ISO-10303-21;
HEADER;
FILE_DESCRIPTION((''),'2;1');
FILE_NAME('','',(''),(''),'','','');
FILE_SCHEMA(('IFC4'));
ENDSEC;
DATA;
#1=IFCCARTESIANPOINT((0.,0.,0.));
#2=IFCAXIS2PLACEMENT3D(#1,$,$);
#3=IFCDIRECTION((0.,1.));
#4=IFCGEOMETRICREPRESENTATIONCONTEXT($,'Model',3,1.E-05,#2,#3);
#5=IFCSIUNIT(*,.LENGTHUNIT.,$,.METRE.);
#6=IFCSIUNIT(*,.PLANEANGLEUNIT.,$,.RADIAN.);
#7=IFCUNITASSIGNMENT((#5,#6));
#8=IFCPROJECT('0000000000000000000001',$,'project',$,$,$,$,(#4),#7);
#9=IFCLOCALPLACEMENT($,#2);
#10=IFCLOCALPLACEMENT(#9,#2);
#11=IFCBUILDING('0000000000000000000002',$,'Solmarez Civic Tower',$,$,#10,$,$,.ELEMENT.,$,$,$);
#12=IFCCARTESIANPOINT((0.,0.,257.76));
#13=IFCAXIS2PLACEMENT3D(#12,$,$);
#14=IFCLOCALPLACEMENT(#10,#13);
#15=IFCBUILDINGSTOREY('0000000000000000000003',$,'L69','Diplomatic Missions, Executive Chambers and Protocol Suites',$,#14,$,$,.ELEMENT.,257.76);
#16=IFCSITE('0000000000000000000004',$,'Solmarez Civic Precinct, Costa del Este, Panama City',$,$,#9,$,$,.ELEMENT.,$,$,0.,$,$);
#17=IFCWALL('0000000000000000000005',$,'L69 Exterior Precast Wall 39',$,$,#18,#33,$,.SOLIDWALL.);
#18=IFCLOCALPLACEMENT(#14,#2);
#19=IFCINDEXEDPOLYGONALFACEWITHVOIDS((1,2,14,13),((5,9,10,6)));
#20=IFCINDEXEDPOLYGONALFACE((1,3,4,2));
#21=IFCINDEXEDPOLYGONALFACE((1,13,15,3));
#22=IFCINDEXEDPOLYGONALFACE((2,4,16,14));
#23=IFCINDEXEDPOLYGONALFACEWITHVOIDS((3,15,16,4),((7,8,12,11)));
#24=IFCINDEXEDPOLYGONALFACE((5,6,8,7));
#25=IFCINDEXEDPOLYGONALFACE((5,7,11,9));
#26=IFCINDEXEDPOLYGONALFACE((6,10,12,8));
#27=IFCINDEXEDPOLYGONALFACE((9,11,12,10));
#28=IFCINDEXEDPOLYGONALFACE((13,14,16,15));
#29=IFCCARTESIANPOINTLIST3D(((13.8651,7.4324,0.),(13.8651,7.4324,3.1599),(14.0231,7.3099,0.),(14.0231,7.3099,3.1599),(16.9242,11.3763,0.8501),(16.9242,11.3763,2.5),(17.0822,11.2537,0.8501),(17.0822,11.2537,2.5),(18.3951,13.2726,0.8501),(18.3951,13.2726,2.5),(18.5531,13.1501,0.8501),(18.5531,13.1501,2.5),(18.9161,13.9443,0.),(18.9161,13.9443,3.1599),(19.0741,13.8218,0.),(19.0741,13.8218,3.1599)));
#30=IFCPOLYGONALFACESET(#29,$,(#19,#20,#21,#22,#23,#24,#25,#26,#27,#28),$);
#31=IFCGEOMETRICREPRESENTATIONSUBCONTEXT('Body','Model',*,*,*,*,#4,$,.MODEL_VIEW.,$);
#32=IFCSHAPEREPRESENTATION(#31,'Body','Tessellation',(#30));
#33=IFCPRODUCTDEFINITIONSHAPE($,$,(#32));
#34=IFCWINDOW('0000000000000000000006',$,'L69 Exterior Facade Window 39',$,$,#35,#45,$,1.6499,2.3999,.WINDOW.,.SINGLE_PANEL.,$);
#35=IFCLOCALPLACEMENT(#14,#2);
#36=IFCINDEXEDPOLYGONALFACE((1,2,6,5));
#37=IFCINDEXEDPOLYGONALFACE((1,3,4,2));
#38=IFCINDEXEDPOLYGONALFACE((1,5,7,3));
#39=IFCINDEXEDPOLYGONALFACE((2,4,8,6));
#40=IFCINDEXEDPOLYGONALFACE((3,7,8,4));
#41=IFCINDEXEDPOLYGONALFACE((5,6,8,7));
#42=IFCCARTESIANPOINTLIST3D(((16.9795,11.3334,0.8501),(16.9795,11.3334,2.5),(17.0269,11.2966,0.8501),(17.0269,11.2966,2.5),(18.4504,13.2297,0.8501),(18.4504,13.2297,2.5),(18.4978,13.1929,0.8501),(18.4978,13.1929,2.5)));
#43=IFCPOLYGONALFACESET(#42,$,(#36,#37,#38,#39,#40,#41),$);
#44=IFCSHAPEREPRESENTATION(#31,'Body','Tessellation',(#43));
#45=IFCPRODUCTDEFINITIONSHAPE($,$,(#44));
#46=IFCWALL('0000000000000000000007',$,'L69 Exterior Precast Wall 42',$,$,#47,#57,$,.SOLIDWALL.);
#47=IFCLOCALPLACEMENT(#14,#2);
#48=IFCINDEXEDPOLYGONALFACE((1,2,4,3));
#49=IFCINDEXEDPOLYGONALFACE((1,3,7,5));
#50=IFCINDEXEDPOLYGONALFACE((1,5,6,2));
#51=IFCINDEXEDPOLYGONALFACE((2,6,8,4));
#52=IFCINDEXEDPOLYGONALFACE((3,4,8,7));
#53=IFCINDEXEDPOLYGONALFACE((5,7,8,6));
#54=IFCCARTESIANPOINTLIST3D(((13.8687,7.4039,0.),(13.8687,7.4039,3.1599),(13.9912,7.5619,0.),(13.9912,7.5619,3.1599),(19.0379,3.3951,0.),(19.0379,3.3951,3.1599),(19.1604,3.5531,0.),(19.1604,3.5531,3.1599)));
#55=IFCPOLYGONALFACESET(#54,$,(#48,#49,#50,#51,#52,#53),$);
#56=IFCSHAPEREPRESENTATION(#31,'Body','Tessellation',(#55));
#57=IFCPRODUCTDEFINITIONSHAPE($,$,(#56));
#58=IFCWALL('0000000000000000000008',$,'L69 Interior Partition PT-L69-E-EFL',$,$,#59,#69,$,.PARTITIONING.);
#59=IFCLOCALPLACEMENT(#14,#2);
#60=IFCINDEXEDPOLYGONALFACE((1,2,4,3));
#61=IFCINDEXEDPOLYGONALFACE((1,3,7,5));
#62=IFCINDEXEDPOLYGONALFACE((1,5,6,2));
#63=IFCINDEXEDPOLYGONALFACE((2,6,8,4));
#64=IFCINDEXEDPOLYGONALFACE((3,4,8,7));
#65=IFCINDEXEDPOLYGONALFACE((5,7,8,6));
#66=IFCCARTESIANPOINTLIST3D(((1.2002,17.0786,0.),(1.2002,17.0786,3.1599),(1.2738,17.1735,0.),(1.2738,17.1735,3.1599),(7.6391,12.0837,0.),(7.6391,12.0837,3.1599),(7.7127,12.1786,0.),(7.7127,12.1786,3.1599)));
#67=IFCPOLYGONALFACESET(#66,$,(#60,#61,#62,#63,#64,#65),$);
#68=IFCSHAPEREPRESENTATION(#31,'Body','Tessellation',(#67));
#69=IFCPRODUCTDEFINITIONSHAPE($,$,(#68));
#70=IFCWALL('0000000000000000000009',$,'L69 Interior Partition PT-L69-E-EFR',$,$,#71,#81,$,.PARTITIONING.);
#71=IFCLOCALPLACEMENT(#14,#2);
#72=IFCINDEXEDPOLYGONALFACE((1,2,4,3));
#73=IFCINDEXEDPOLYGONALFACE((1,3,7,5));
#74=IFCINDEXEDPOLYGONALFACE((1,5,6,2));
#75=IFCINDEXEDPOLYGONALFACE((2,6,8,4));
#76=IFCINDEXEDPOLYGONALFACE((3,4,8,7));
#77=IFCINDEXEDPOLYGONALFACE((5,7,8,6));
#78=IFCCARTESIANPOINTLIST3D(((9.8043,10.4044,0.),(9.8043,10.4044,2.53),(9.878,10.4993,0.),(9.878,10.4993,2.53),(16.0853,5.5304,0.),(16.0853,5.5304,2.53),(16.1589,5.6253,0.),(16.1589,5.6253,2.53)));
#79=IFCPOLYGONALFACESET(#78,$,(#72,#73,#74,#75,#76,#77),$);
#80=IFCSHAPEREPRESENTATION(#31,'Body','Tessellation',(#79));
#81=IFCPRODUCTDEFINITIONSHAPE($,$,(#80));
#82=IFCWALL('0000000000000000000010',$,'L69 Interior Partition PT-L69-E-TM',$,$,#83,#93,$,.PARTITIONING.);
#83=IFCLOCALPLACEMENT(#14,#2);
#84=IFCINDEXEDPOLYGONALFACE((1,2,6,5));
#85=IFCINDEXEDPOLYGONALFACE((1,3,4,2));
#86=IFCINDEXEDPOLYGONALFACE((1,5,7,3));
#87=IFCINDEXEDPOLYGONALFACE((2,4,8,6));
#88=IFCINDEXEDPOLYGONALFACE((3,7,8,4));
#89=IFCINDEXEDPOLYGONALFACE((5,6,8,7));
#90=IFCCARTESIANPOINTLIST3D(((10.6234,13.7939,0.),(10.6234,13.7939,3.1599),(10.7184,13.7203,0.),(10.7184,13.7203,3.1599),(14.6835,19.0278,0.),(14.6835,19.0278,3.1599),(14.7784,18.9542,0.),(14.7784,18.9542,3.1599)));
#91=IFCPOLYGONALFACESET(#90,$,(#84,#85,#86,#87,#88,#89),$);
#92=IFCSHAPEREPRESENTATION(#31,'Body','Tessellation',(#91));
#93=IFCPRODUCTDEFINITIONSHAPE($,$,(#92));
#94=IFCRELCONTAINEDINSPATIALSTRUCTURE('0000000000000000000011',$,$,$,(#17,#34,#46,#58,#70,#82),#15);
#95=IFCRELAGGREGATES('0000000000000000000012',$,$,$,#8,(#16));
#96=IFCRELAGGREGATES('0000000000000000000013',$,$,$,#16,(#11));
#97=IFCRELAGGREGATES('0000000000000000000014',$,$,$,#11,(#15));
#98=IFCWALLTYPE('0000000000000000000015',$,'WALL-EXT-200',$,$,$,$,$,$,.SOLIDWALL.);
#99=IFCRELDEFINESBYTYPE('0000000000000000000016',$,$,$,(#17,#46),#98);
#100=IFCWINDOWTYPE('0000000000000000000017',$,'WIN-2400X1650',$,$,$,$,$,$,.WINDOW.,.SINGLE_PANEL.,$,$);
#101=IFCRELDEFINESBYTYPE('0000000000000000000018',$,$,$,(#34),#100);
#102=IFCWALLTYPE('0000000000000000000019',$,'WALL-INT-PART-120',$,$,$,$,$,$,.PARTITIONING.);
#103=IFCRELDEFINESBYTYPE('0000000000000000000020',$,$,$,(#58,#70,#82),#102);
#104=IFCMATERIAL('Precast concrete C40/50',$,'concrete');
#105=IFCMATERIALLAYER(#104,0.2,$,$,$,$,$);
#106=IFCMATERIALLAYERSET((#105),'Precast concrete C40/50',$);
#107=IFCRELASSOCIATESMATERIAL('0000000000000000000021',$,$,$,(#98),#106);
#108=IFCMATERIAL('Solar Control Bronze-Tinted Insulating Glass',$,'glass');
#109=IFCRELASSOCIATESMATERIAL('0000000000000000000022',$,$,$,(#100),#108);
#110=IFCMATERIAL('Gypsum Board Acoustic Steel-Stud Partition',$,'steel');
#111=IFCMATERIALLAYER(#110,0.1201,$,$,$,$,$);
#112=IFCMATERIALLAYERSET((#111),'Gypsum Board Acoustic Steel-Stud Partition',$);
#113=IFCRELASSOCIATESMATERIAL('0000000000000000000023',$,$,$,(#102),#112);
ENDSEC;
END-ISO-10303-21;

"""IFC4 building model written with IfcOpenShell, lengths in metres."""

from ifc_helpers import new_model, si_unit, direction, frame, frame_2d, origin, place, context, subcontext, project, spatial, rectangle, extrude, material, layer, layer_set, type_object, element, fill, save


model = new_model("IFC4")

# Units and contexts
model_context = context("Model", 3, precision=1e-05, world=origin(), true_north=direction((0.0, 1.0)))
body_context = subcontext(model_context, "Body", "Model", "MODEL_VIEW")
ifc_project = project(units=[si_unit("LENGTHUNIT", "METRE"), si_unit("PLANEANGLEUNIT", "RADIAN")], contexts=[model_context])

# Site, building, storey
site_placement = place(None, origin())
site = spatial("IfcSite", under=ifc_project, at=site_placement, Name="Solmarez Civic Precinct, Costa del Este, Panama City", CompositionType="ELEMENT", RefElevation=0.0)
building_placement = place(site_placement, origin())
building = spatial("IfcBuilding", under=site, at=building_placement, Name="Solmarez Civic Tower", CompositionType="ELEMENT")
storey_placement = place(building_placement, frame((0.0, 0.0, 257.76)))
storey = spatial("IfcBuildingStorey", under=building, at=storey_placement, Name="L69", Description="Diplomatic Missions, Executive Chambers and Protocol Suites", CompositionType="ELEMENT", Elevation=257.76)

# Wall, opening, window
ifc_material_1 = material(Name="Precast concrete C40/50", Category="concrete")
ifc_layer_1 = layer(ifc_material_1, 0.2)
ifc_layer_set_1 = layer_set([ifc_layer_1], Name="Precast concrete C40/50")
wall_type_1 = type_object("IfcWallType", Name="WALL-EXT-200", PredefinedType="SOLIDWALL", material=ifc_layer_set_1)
wall_1_placement = place(storey_placement, frame((18.9951, 13.8831, 0.0), z_axis=(0.0, 0.0, 1.0), x_axis=(-0.612894, -0.790165, 0.0)))
wall_1 = element("IfcWall", 1, at=wall_1_placement, inside=storey, type_object=wall_type_1, Name="L69 Exterior Precast Wall 39", PredefinedType="SOLIDWALL", context=body_context, shape_type="SweptSolid", body=[
    extrude(rectangle(XDim=8.2412, YDim=0.2, at=frame_2d((4.1206, 0.0))), origin(), (0.0, 0.0, 1.0), 3.1599),
])
opening_1_placement = place(wall_1_placement, frame((0.8501, 0.0, 0.8501)))
opening_1 = element("IfcOpeningElement", 2, at=opening_1_placement, cuts=wall_1, PredefinedType="OPENING", context=body_context, shape_type="SweptSolid", body=[
    extrude(rectangle(XDim=2.3999, YDim=1.6499, at=frame_2d((1.2, 0.825))), frame((0.0, 0.1099, 0.0), z_axis=(0.0, -1.0, 0.0), x_axis=(1.0, 0.0, 0.0)), (0.0, 0.0, 1.0), 0.22),
])
ifc_material_2 = material(Name="Solar Control Bronze-Tinted Insulating Glass", Category="glass")
window_type = type_object("IfcWindowType", Name="WIN-2400X1650", PartitioningType="SINGLE_PANEL", PredefinedType="WINDOW", material=ifc_material_2)
window_placement = place(opening_1_placement, origin())
window = element("IfcWindow", 3, at=window_placement, inside=storey, type_object=window_type, Name="L69 Exterior Facade Window 39", OverallHeight=1.6499, OverallWidth=2.3999, PartitioningType="SINGLE_PANEL", PredefinedType="WINDOW", context=body_context, shape_type="SweptSolid", body=[
    extrude(rectangle(XDim=2.3999, YDim=1.6499, at=frame_2d((1.2, 0.825))), frame((0.0, 0.03, 0.0), z_axis=(0.0, -1.0, 0.0), x_axis=(1.0, 0.0, 0.0)), (0.0, 0.0, 1.0), 0.0601),
])
fill(opening_1, window)

# Walls
wall_2_placement = place(storey_placement, frame((13.9299, 7.4829, 0.0), z_axis=(0.0, 0.0, 1.0), x_axis=(0.790218, -0.612826, 0.0)))
element("IfcWall", 4, at=wall_2_placement, inside=storey, type_object=wall_type_1, Name="L69 Exterior Precast Wall 42", PredefinedType="SOLIDWALL", context=body_context, shape_type="SweptSolid", body=[
    extrude(rectangle(XDim=6.5415, YDim=0.2, at=frame_2d((3.2708, 0.0))), origin(), (0.0, 0.0, 1.0), 3.1599),
])
ifc_material_3 = material(Name="Gypsum Board Acoustic Steel-Stud Partition", Category="steel")
ifc_layer_2 = layer(ifc_material_3, 0.1201)
ifc_layer_set_2 = layer_set([ifc_layer_2], Name="Gypsum Board Acoustic Steel-Stud Partition")
wall_type_2 = type_object("IfcWallType", Name="WALL-INT-PART-120", PredefinedType="PARTITIONING", material=ifc_layer_set_2)
wall_3_placement = place(storey_placement, frame((7.676, 12.1311, 0.0), z_axis=(0.0, 0.0, 1.0), x_axis=(-0.790137, 0.61293, 0.0)))
element("IfcWall", 5, at=wall_3_placement, inside=storey, type_object=wall_type_2, Name="L69 Interior Partition PT-L69-E-EFL", PredefinedType="PARTITIONING", context=body_context, shape_type="SweptSolid", body=[
    extrude(rectangle(XDim=8.1492, YDim=0.1201, at=frame_2d((4.0747, 0.0))), origin(), (0.0, 0.0, 1.0), 3.1599),
])
wall_4_placement = place(storey_placement, frame((16.1221, 5.5779, 0.0), z_axis=(0.0, 0.0, 1.0), x_axis=(-0.790035, 0.613062, 0.0)))
element("IfcWall", 6, at=wall_4_placement, inside=storey, type_object=wall_type_2, Name="L69 Interior Partition PT-L69-E-EFR", PredefinedType="PARTITIONING", context=body_context, shape_type="SweptSolid", body=[
    extrude(rectangle(XDim=7.9502, YDim=0.1201, at=frame_2d((3.9751, 0.0))), origin(), (0.0, 0.0, 1.0), 2.53),
])

# Wall
wall_5_placement = place(storey_placement, frame((10.6709, 13.7571, 0.0), z_axis=(0.0, 0.0, 1.0), x_axis=(0.61293, 0.790137, 0.0)))
element("IfcWall", 7, at=wall_5_placement, inside=storey, type_object=wall_type_2, Name="L69 Interior Partition PT-L69-E-TM", PredefinedType="PARTITIONING", context=body_context, shape_type="SweptSolid", body=[
    extrude(rectangle(XDim=6.624, YDim=0.1201, at=frame_2d((3.312, 0.0))), origin(), (0.0, 0.0, 1.0), 3.1599),
])

save(model, "model.ifc")
